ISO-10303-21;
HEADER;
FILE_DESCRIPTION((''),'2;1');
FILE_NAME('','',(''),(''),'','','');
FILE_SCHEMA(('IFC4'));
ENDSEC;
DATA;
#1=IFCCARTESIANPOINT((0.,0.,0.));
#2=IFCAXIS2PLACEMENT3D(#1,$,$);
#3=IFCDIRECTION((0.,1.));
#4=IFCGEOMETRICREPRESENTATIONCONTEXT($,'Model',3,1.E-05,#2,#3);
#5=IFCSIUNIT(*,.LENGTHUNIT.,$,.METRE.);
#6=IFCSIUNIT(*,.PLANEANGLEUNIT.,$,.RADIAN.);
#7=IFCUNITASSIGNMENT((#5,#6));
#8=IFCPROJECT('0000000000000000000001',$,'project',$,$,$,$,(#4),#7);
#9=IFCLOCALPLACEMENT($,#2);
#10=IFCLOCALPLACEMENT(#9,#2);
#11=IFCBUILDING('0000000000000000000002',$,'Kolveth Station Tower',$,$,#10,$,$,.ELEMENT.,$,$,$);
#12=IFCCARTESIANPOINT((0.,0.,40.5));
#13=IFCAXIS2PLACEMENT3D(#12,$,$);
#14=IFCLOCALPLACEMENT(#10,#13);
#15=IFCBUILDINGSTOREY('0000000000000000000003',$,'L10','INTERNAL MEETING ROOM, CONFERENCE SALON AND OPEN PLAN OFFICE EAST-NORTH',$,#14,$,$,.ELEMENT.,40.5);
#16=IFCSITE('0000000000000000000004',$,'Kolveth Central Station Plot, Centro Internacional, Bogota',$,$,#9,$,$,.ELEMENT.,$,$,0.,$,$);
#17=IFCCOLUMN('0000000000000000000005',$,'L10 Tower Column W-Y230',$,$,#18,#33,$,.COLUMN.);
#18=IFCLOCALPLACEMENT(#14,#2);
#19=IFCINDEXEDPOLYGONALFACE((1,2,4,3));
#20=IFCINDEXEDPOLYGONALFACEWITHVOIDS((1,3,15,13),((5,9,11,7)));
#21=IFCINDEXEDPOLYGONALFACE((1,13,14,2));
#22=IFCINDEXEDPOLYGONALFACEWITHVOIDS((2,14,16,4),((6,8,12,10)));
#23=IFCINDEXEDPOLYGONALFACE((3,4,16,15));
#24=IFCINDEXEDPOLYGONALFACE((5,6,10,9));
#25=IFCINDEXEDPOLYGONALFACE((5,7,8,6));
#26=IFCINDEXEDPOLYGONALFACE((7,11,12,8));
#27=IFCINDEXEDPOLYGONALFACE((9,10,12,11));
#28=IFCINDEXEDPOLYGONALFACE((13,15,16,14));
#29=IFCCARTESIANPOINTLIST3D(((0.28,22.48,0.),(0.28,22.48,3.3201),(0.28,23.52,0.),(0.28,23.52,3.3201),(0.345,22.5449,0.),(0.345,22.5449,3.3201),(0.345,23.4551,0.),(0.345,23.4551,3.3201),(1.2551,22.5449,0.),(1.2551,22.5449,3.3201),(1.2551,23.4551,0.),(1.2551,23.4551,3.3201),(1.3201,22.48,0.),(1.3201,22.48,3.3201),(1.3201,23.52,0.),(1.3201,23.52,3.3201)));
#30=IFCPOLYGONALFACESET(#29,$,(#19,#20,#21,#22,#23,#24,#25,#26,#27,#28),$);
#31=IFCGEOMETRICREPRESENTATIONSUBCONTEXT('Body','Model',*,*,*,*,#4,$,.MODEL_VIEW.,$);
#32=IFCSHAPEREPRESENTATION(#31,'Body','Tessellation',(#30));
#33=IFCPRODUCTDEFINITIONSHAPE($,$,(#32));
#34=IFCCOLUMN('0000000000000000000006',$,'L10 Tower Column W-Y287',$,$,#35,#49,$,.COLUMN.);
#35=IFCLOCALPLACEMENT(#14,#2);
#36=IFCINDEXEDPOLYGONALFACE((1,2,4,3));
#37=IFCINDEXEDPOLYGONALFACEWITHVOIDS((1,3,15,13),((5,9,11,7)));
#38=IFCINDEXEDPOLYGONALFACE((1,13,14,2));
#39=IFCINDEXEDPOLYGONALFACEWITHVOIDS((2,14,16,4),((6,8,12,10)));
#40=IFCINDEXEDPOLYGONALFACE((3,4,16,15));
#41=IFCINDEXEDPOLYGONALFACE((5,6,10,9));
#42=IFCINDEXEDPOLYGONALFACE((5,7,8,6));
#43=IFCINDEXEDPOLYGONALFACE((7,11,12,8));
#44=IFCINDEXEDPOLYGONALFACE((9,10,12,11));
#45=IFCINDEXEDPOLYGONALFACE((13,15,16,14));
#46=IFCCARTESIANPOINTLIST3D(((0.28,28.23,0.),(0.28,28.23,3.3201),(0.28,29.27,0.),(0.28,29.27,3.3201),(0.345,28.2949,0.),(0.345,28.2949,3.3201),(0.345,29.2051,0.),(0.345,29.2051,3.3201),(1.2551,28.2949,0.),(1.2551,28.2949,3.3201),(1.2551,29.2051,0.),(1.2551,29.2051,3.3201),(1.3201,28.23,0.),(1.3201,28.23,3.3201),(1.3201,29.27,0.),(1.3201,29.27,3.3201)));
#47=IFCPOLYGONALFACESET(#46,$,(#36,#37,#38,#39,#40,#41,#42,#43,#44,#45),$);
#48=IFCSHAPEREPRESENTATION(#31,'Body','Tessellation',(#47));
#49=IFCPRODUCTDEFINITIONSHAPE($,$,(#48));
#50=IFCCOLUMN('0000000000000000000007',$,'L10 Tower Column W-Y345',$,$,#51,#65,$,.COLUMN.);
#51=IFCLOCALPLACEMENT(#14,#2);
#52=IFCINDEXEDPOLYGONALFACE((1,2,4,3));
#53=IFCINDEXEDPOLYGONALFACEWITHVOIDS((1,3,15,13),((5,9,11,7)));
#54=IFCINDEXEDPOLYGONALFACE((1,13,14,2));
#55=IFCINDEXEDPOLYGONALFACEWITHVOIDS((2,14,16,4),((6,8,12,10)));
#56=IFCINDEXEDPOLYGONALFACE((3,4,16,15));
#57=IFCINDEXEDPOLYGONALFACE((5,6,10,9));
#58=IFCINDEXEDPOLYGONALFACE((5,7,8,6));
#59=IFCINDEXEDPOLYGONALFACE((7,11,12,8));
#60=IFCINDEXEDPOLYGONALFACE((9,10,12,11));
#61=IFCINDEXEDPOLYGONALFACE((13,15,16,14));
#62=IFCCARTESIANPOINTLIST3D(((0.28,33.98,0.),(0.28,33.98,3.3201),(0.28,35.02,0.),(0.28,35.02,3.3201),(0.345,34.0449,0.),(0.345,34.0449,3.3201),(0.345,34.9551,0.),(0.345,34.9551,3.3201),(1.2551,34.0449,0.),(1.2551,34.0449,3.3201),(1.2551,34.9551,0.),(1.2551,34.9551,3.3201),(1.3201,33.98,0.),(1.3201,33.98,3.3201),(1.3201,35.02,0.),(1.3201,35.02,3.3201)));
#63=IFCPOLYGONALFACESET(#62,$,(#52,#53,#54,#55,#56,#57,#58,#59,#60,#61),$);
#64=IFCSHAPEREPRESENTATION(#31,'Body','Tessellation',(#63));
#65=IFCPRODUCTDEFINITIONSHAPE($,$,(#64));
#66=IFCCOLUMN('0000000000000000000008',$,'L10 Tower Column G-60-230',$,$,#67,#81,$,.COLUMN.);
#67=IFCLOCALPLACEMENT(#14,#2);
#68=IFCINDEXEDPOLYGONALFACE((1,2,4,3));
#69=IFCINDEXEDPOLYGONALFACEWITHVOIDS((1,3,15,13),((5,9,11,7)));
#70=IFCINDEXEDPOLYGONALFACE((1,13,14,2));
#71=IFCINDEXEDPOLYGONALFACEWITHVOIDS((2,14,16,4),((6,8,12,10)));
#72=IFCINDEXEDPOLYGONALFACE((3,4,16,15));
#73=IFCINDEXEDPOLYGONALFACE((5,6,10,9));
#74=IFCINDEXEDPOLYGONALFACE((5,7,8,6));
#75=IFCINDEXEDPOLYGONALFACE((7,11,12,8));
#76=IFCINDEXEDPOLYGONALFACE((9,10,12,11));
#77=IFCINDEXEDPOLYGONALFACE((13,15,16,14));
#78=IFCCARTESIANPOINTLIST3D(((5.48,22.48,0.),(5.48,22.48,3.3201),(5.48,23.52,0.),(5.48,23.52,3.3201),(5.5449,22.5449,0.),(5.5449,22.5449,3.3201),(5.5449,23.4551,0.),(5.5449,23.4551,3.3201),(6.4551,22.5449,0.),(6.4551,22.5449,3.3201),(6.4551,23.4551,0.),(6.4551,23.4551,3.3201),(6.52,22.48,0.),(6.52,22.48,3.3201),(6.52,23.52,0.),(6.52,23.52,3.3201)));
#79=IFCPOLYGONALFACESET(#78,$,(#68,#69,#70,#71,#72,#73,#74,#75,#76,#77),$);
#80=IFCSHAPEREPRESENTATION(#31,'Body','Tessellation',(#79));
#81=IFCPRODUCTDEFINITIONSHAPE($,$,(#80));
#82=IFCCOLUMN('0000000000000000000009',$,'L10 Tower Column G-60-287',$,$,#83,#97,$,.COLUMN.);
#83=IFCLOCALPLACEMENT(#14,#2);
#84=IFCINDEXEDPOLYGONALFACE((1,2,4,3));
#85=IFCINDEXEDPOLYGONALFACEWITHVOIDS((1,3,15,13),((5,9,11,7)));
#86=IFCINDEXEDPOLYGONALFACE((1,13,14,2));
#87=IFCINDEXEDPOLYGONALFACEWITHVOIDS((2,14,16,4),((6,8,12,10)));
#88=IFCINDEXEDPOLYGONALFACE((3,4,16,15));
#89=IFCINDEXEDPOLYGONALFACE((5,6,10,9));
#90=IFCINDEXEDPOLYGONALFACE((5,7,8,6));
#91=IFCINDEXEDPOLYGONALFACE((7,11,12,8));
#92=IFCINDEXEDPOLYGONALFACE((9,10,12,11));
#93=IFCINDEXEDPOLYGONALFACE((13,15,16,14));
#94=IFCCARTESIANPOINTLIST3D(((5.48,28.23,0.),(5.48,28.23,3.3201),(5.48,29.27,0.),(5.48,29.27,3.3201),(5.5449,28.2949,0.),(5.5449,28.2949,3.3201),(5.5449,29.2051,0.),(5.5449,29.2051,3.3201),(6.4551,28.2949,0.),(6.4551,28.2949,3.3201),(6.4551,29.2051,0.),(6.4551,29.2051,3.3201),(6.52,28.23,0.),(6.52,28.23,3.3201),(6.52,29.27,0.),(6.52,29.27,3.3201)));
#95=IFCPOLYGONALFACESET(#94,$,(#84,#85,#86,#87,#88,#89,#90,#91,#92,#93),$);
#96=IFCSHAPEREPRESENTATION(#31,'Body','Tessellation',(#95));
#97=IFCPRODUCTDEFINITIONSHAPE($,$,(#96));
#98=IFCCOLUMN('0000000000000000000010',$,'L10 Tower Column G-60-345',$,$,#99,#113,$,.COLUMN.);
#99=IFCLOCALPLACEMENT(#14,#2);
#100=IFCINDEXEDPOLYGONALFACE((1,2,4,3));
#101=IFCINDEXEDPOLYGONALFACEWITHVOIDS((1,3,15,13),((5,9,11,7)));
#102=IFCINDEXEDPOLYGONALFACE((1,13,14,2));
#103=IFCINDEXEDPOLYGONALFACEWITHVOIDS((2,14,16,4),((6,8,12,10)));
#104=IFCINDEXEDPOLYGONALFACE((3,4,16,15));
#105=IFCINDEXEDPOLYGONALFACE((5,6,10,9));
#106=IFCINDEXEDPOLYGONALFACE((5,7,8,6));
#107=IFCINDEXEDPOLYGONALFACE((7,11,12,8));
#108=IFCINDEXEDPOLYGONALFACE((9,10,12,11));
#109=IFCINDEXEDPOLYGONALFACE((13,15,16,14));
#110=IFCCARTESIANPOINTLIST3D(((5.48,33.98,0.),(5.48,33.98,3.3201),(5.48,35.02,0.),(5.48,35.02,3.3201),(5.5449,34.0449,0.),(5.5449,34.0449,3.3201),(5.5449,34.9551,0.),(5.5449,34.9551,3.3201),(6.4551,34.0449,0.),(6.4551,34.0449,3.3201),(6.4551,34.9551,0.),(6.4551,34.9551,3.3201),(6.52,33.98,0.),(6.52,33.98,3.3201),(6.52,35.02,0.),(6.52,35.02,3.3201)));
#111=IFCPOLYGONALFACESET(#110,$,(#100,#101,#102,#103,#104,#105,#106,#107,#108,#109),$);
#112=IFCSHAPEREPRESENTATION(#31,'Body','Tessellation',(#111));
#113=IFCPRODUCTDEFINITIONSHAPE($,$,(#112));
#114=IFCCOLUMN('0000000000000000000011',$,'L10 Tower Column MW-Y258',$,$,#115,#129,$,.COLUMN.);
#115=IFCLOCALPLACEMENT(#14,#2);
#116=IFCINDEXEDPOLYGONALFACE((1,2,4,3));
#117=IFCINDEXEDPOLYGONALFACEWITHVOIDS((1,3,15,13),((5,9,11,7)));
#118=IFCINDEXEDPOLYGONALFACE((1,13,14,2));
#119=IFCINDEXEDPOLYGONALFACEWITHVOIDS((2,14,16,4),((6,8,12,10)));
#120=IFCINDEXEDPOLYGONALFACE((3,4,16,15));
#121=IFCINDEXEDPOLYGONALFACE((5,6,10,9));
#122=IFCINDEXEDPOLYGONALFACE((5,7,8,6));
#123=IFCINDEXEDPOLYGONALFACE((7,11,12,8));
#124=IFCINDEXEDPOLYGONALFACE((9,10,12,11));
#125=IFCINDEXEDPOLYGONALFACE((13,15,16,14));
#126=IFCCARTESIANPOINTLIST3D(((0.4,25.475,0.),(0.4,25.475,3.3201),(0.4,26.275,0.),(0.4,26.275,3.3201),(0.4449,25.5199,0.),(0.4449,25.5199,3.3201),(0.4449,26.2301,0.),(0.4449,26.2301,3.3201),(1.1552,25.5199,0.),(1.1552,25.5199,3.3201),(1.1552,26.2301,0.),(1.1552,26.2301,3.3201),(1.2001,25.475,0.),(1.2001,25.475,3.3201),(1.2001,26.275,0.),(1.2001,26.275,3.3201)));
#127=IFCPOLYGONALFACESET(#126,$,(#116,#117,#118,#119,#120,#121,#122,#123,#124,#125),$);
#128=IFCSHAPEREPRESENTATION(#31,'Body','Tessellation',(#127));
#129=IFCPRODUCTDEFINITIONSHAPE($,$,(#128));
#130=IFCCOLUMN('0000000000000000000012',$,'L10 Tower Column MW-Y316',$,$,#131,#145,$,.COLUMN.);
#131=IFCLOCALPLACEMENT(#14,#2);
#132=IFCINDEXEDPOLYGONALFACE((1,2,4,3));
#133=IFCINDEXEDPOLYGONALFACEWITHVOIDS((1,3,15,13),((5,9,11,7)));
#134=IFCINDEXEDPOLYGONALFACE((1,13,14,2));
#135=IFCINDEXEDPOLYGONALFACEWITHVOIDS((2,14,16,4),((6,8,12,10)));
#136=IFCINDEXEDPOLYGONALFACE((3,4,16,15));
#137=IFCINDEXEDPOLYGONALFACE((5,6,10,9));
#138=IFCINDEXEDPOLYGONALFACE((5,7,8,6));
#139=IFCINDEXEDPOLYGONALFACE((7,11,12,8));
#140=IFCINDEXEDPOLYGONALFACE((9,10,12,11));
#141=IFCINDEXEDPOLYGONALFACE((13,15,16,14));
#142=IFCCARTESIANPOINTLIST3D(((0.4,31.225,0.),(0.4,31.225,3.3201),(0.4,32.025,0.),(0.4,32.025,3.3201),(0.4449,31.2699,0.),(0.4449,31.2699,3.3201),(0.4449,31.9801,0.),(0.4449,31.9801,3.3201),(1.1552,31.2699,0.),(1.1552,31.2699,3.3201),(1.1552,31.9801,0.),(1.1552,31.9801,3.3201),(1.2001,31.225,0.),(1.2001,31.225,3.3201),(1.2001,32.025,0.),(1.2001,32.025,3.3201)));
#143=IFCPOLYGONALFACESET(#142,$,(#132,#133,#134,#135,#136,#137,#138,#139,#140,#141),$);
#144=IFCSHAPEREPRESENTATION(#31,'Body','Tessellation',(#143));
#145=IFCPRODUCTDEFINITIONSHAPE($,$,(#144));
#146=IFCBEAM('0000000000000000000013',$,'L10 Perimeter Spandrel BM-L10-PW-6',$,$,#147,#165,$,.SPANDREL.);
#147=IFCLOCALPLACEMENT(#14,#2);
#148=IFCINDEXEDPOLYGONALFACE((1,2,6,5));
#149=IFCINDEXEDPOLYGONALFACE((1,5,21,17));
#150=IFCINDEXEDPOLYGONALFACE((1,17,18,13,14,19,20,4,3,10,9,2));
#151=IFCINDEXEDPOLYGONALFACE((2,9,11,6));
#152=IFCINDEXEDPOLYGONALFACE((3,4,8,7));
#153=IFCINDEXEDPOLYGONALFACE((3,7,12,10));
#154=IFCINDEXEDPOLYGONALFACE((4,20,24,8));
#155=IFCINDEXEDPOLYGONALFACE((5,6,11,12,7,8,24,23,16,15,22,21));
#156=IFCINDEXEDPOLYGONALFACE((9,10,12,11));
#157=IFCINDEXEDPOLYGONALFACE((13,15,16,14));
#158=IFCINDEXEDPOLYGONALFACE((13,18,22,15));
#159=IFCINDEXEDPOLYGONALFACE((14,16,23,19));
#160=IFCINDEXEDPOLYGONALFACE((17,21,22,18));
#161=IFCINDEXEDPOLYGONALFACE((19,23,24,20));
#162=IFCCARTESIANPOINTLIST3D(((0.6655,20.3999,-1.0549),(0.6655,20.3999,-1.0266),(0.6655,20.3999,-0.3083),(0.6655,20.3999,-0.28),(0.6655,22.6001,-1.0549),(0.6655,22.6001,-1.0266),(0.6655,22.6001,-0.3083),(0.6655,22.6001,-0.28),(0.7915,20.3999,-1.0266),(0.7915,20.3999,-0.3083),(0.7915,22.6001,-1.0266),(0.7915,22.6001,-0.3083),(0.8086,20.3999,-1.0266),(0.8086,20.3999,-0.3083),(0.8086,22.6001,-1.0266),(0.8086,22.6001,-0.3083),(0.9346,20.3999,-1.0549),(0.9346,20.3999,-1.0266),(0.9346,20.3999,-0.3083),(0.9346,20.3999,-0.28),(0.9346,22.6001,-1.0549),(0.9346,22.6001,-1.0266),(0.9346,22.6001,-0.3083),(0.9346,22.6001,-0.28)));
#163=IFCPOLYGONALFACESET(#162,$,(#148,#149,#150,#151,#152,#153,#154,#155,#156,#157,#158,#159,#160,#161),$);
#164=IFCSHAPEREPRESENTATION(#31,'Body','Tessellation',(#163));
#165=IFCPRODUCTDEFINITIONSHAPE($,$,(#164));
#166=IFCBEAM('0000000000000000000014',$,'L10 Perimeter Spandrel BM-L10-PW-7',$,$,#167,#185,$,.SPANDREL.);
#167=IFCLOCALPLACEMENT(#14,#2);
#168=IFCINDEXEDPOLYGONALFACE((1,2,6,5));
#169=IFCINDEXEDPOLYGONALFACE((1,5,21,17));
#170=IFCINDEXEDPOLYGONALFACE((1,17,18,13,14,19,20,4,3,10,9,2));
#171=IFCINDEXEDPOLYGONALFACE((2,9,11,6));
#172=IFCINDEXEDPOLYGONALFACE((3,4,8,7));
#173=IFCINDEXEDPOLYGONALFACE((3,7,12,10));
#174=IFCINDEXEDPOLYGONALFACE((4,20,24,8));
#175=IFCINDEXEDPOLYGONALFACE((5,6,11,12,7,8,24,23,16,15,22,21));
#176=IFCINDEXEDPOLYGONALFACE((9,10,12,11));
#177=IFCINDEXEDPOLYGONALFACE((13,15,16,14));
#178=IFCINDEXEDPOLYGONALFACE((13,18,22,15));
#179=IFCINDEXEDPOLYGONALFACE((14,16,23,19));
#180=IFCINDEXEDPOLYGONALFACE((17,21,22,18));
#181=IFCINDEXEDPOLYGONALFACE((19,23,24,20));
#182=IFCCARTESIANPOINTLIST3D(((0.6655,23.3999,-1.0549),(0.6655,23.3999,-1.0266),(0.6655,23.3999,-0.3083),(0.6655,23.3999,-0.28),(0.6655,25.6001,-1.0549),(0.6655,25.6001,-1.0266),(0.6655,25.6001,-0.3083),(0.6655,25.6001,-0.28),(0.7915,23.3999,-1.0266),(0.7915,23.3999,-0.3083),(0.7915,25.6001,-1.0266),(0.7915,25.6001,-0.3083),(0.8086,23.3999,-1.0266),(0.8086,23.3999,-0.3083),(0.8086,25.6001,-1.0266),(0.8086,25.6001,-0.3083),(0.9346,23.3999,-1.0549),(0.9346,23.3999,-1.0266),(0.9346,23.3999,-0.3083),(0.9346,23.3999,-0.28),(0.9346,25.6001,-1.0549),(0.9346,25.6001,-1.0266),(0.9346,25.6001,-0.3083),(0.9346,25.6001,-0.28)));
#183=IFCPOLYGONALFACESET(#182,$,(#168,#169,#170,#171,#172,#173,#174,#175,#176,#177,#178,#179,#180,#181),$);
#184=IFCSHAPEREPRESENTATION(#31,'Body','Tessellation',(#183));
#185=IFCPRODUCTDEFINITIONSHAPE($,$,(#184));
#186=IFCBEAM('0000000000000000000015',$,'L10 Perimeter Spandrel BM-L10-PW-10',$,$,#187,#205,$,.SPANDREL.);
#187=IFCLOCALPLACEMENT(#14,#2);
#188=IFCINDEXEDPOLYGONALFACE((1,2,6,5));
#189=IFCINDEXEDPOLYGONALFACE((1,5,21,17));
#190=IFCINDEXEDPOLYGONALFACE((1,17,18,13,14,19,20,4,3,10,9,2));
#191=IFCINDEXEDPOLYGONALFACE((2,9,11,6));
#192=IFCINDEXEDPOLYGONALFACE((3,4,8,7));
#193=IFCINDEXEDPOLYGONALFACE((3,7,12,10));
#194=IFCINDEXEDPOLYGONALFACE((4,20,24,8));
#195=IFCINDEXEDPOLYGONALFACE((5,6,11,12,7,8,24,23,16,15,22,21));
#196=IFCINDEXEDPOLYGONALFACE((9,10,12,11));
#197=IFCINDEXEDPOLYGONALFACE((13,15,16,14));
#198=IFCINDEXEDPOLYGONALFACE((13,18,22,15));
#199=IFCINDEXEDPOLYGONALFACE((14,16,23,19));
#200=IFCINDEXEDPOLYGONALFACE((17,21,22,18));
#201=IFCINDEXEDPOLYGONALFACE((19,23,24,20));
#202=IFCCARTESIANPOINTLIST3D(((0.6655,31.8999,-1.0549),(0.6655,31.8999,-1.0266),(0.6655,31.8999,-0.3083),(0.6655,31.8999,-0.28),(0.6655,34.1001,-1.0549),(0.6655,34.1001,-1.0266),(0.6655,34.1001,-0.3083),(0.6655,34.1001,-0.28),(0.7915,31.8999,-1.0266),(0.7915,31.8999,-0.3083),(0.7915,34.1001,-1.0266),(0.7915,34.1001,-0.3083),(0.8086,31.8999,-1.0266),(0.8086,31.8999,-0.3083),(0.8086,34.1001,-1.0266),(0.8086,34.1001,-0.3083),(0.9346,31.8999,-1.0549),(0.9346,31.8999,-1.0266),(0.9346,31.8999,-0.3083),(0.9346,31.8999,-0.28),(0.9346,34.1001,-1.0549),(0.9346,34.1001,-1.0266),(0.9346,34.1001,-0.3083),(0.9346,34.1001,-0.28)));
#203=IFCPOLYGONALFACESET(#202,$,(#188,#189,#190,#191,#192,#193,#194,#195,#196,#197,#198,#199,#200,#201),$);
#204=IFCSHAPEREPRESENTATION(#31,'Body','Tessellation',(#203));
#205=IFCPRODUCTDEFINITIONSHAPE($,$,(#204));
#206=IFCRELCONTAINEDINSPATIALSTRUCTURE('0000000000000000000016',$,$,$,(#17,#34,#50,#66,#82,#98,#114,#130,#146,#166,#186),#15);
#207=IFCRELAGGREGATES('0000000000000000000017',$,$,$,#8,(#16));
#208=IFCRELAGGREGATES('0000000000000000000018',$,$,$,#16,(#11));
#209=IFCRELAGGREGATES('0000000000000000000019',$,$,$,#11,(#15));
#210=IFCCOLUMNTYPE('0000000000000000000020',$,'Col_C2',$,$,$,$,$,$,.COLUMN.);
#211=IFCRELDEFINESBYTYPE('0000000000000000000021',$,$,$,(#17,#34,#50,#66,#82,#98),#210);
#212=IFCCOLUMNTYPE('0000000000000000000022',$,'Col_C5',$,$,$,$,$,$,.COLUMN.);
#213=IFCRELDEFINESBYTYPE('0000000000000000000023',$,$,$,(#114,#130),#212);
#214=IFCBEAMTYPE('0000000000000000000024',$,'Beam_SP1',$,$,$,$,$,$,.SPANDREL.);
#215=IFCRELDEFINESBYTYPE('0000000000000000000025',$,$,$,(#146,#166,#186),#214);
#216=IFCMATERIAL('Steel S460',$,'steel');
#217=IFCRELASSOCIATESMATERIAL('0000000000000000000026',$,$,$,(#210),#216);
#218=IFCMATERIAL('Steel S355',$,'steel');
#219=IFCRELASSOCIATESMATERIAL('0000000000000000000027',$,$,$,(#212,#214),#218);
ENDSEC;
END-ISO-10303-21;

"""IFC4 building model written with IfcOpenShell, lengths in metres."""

from ifc_helpers import new_model, si_unit, direction, frame, origin, origin_2d, place, context, subcontext, project, spatial, hollow_rectangle, i_section, extrude, source, transform, mapped, material, material_profile, profile_set, type_object, element, save


model = new_model("IFC4")

# Units and contexts
model_context = context("Model", 3, precision=1e-05, world=origin(), true_north=direction((0.0, 1.0)))
body_context = subcontext(model_context, "Body", "Model", "MODEL_VIEW")
ifc_project = project(units=[si_unit("LENGTHUNIT", "METRE"), si_unit("PLANEANGLEUNIT", "RADIAN")], contexts=[model_context])

# Site, building, storey
site_placement = place(None, origin())
site = spatial("IfcSite", under=ifc_project, at=site_placement, Name="Kolveth Central Station Plot, Centro Internacional, Bogota", CompositionType="ELEMENT", RefElevation=0.0)
building_placement = place(site_placement, origin())
building = spatial("IfcBuilding", under=site, at=building_placement, Name="Kolveth Station Tower", CompositionType="ELEMENT")
storey_placement = place(building_placement, frame((0.0, 0.0, 40.5)))
storey = spatial("IfcBuildingStorey", under=building, at=storey_placement, Name="L10", Description="INTERNAL MEETING ROOM, CONFERENCE SALON AND OPEN PLAN OFFICE EAST-NORTH", CompositionType="ELEMENT", Elevation=40.5)

# Columns
ifc_material_1 = material(Name="Steel S460", Category="steel")
ifc_material_profile_1 = material_profile(ifc_material_1, hollow_rectangle(XDim=1.04, YDim=1.04, WallThickness=0.0649, at=origin_2d()), Name="BOX1040x1040x65")
ifc_profile_set_1 = profile_set([ifc_material_profile_1], Name="Steel S460")
column_type_1 = type_object("IfcColumnType", Name="Col_C2", PredefinedType="COLUMN", material=ifc_profile_set_1)
shared_shape_1 = source(origin(), body_context, "Body", "SweptSolid", [
    extrude(hollow_rectangle(XDim=1.04, YDim=1.04, WallThickness=0.0649, at=origin_2d()), origin(), (0.0, 0.0, 1.0), 3.3201),
])
for number, where, z_axis, x_axis, name in (
    (1, (0.8, 23.0, 0.0), (0.0, 0.0, 1.0), (1.0, 0.0, 0.0), "L10 Tower Column W-Y230"),
    (2, (0.8, 28.75, 0.0), (0.0, 0.0, 1.0), (1.0, 0.0, 0.0), "L10 Tower Column W-Y287"),
    (3, (0.8, 34.5, 0.0), (0.0, 0.0, 1.0), (1.0, 0.0, 0.0), "L10 Tower Column W-Y345"),
    (4, (6.0, 23.0, 0.0), (0.0, 0.0, 1.0), (1.0, 0.0, 0.0), "L10 Tower Column G-60-230"),
    (5, (6.0, 28.75, 0.0), (0.0, 0.0, 1.0), (1.0, 0.0, 0.0), "L10 Tower Column G-60-287"),
    (6, (6.0, 34.5, 0.0), (0.0, 0.0, 1.0), (1.0, 0.0, 0.0), "L10 Tower Column G-60-345"),
):
    element("IfcColumn", number, at=place(storey_placement, frame(where, z_axis=z_axis, x_axis=x_axis)), inside=storey, type_object=column_type_1, Name=name, PredefinedType="COLUMN", context=body_context, shape_type="MappedRepresentation", body=[
        mapped(shared_shape_1, transform((0.0, 0.0, 0.0), x_axis=(1.0, 0.0, 0.0), y_axis=(0.0, 1.0, 0.0), z_axis=(0.0, 0.0, 1.0), scale=1.0)),
    ])
ifc_material_2 = material(Name="Steel S355", Category="steel")
ifc_material_profile_2 = material_profile(ifc_material_2, hollow_rectangle(XDim=0.8, YDim=0.8, WallThickness=0.0449, at=origin_2d()), Name="BOX800x800x45")
ifc_profile_set_2 = profile_set([ifc_material_profile_2], Name="Steel S355")
column_type_2 = type_object("IfcColumnType", Name="Col_C5", PredefinedType="COLUMN", material=ifc_profile_set_2)
shared_shape_2 = source(origin(), body_context, "Body", "SweptSolid", [
    extrude(hollow_rectangle(XDim=0.8, YDim=0.8, WallThickness=0.0449, at=origin_2d()), origin(), (0.0, 0.0, 1.0), 3.3201),
])
for number, where, z_axis, x_axis, name in (
    (7, (0.8, 25.875, 0.0), (0.0, 0.0, 1.0), (1.0, 0.0, 0.0), "L10 Tower Column MW-Y258"),
    (8, (0.8, 31.625, 0.0), (0.0, 0.0, 1.0), (1.0, 0.0, 0.0), "L10 Tower Column MW-Y316"),
):
    element("IfcColumn", number, at=place(storey_placement, frame(where, z_axis=z_axis, x_axis=x_axis)), inside=storey, type_object=column_type_2, Name=name, PredefinedType="COLUMN", context=body_context, shape_type="MappedRepresentation", body=[
        mapped(shared_shape_2, transform((0.0, 0.0, 0.0), x_axis=(1.0, 0.0, 0.0), y_axis=(0.0, 1.0, 0.0), z_axis=(0.0, 0.0, 1.0), scale=1.0)),
    ])

# Beams
ifc_material_profile_3 = material_profile(ifc_material_2, i_section(OverallWidth=0.269, OverallDepth=0.7749, WebThickness=0.0171, FlangeThickness=0.0283, at=origin_2d()), Name="W760x220")
ifc_profile_set_3 = profile_set([ifc_material_profile_3], Name="Steel S355")
beam_type_1 = type_object("IfcBeamType", Name="Beam_SP1", PredefinedType="SPANDREL", material=ifc_profile_set_3)
shared_shape_3 = source(origin(), body_context, "Body", "SweptSolid", [
    extrude(i_section(OverallWidth=0.269, OverallDepth=0.7749, WebThickness=0.0171, FlangeThickness=0.0283, at=origin_2d()), origin(), (0.0, 0.0, 1.0), 2.2002),
])
for number, where, z_axis, x_axis, name in (
    (9, (0.8, 20.3999, -0.6675), (0.0, 1.0, 0.0), (-1.0, 0.0, 0.0), "L10 Perimeter Spandrel BM-L10-PW-6"),
    (10, (0.8, 23.3999, -0.6675), (0.0, 1.0, 0.0), (-1.0, 0.0, 0.0), "L10 Perimeter Spandrel BM-L10-PW-7"),
    (11, (0.8, 31.8999, -0.6675), (0.0, 1.0, 0.0), (-1.0, 0.0, 0.0), "L10 Perimeter Spandrel BM-L10-PW-10"),
):
    element("IfcBeam", number, at=place(storey_placement, frame(where, z_axis=z_axis, x_axis=x_axis)), inside=storey, type_object=beam_type_1, Name=name, PredefinedType="SPANDREL", context=body_context, shape_type="MappedRepresentation", body=[
        mapped(shared_shape_3, transform((0.0, 0.0, 0.0), x_axis=(1.0, 0.0, 0.0), y_axis=(0.0, 1.0, 0.0), z_axis=(0.0, 0.0, 1.0), scale=1.0)),
    ])

save(model, "model.ifc")
